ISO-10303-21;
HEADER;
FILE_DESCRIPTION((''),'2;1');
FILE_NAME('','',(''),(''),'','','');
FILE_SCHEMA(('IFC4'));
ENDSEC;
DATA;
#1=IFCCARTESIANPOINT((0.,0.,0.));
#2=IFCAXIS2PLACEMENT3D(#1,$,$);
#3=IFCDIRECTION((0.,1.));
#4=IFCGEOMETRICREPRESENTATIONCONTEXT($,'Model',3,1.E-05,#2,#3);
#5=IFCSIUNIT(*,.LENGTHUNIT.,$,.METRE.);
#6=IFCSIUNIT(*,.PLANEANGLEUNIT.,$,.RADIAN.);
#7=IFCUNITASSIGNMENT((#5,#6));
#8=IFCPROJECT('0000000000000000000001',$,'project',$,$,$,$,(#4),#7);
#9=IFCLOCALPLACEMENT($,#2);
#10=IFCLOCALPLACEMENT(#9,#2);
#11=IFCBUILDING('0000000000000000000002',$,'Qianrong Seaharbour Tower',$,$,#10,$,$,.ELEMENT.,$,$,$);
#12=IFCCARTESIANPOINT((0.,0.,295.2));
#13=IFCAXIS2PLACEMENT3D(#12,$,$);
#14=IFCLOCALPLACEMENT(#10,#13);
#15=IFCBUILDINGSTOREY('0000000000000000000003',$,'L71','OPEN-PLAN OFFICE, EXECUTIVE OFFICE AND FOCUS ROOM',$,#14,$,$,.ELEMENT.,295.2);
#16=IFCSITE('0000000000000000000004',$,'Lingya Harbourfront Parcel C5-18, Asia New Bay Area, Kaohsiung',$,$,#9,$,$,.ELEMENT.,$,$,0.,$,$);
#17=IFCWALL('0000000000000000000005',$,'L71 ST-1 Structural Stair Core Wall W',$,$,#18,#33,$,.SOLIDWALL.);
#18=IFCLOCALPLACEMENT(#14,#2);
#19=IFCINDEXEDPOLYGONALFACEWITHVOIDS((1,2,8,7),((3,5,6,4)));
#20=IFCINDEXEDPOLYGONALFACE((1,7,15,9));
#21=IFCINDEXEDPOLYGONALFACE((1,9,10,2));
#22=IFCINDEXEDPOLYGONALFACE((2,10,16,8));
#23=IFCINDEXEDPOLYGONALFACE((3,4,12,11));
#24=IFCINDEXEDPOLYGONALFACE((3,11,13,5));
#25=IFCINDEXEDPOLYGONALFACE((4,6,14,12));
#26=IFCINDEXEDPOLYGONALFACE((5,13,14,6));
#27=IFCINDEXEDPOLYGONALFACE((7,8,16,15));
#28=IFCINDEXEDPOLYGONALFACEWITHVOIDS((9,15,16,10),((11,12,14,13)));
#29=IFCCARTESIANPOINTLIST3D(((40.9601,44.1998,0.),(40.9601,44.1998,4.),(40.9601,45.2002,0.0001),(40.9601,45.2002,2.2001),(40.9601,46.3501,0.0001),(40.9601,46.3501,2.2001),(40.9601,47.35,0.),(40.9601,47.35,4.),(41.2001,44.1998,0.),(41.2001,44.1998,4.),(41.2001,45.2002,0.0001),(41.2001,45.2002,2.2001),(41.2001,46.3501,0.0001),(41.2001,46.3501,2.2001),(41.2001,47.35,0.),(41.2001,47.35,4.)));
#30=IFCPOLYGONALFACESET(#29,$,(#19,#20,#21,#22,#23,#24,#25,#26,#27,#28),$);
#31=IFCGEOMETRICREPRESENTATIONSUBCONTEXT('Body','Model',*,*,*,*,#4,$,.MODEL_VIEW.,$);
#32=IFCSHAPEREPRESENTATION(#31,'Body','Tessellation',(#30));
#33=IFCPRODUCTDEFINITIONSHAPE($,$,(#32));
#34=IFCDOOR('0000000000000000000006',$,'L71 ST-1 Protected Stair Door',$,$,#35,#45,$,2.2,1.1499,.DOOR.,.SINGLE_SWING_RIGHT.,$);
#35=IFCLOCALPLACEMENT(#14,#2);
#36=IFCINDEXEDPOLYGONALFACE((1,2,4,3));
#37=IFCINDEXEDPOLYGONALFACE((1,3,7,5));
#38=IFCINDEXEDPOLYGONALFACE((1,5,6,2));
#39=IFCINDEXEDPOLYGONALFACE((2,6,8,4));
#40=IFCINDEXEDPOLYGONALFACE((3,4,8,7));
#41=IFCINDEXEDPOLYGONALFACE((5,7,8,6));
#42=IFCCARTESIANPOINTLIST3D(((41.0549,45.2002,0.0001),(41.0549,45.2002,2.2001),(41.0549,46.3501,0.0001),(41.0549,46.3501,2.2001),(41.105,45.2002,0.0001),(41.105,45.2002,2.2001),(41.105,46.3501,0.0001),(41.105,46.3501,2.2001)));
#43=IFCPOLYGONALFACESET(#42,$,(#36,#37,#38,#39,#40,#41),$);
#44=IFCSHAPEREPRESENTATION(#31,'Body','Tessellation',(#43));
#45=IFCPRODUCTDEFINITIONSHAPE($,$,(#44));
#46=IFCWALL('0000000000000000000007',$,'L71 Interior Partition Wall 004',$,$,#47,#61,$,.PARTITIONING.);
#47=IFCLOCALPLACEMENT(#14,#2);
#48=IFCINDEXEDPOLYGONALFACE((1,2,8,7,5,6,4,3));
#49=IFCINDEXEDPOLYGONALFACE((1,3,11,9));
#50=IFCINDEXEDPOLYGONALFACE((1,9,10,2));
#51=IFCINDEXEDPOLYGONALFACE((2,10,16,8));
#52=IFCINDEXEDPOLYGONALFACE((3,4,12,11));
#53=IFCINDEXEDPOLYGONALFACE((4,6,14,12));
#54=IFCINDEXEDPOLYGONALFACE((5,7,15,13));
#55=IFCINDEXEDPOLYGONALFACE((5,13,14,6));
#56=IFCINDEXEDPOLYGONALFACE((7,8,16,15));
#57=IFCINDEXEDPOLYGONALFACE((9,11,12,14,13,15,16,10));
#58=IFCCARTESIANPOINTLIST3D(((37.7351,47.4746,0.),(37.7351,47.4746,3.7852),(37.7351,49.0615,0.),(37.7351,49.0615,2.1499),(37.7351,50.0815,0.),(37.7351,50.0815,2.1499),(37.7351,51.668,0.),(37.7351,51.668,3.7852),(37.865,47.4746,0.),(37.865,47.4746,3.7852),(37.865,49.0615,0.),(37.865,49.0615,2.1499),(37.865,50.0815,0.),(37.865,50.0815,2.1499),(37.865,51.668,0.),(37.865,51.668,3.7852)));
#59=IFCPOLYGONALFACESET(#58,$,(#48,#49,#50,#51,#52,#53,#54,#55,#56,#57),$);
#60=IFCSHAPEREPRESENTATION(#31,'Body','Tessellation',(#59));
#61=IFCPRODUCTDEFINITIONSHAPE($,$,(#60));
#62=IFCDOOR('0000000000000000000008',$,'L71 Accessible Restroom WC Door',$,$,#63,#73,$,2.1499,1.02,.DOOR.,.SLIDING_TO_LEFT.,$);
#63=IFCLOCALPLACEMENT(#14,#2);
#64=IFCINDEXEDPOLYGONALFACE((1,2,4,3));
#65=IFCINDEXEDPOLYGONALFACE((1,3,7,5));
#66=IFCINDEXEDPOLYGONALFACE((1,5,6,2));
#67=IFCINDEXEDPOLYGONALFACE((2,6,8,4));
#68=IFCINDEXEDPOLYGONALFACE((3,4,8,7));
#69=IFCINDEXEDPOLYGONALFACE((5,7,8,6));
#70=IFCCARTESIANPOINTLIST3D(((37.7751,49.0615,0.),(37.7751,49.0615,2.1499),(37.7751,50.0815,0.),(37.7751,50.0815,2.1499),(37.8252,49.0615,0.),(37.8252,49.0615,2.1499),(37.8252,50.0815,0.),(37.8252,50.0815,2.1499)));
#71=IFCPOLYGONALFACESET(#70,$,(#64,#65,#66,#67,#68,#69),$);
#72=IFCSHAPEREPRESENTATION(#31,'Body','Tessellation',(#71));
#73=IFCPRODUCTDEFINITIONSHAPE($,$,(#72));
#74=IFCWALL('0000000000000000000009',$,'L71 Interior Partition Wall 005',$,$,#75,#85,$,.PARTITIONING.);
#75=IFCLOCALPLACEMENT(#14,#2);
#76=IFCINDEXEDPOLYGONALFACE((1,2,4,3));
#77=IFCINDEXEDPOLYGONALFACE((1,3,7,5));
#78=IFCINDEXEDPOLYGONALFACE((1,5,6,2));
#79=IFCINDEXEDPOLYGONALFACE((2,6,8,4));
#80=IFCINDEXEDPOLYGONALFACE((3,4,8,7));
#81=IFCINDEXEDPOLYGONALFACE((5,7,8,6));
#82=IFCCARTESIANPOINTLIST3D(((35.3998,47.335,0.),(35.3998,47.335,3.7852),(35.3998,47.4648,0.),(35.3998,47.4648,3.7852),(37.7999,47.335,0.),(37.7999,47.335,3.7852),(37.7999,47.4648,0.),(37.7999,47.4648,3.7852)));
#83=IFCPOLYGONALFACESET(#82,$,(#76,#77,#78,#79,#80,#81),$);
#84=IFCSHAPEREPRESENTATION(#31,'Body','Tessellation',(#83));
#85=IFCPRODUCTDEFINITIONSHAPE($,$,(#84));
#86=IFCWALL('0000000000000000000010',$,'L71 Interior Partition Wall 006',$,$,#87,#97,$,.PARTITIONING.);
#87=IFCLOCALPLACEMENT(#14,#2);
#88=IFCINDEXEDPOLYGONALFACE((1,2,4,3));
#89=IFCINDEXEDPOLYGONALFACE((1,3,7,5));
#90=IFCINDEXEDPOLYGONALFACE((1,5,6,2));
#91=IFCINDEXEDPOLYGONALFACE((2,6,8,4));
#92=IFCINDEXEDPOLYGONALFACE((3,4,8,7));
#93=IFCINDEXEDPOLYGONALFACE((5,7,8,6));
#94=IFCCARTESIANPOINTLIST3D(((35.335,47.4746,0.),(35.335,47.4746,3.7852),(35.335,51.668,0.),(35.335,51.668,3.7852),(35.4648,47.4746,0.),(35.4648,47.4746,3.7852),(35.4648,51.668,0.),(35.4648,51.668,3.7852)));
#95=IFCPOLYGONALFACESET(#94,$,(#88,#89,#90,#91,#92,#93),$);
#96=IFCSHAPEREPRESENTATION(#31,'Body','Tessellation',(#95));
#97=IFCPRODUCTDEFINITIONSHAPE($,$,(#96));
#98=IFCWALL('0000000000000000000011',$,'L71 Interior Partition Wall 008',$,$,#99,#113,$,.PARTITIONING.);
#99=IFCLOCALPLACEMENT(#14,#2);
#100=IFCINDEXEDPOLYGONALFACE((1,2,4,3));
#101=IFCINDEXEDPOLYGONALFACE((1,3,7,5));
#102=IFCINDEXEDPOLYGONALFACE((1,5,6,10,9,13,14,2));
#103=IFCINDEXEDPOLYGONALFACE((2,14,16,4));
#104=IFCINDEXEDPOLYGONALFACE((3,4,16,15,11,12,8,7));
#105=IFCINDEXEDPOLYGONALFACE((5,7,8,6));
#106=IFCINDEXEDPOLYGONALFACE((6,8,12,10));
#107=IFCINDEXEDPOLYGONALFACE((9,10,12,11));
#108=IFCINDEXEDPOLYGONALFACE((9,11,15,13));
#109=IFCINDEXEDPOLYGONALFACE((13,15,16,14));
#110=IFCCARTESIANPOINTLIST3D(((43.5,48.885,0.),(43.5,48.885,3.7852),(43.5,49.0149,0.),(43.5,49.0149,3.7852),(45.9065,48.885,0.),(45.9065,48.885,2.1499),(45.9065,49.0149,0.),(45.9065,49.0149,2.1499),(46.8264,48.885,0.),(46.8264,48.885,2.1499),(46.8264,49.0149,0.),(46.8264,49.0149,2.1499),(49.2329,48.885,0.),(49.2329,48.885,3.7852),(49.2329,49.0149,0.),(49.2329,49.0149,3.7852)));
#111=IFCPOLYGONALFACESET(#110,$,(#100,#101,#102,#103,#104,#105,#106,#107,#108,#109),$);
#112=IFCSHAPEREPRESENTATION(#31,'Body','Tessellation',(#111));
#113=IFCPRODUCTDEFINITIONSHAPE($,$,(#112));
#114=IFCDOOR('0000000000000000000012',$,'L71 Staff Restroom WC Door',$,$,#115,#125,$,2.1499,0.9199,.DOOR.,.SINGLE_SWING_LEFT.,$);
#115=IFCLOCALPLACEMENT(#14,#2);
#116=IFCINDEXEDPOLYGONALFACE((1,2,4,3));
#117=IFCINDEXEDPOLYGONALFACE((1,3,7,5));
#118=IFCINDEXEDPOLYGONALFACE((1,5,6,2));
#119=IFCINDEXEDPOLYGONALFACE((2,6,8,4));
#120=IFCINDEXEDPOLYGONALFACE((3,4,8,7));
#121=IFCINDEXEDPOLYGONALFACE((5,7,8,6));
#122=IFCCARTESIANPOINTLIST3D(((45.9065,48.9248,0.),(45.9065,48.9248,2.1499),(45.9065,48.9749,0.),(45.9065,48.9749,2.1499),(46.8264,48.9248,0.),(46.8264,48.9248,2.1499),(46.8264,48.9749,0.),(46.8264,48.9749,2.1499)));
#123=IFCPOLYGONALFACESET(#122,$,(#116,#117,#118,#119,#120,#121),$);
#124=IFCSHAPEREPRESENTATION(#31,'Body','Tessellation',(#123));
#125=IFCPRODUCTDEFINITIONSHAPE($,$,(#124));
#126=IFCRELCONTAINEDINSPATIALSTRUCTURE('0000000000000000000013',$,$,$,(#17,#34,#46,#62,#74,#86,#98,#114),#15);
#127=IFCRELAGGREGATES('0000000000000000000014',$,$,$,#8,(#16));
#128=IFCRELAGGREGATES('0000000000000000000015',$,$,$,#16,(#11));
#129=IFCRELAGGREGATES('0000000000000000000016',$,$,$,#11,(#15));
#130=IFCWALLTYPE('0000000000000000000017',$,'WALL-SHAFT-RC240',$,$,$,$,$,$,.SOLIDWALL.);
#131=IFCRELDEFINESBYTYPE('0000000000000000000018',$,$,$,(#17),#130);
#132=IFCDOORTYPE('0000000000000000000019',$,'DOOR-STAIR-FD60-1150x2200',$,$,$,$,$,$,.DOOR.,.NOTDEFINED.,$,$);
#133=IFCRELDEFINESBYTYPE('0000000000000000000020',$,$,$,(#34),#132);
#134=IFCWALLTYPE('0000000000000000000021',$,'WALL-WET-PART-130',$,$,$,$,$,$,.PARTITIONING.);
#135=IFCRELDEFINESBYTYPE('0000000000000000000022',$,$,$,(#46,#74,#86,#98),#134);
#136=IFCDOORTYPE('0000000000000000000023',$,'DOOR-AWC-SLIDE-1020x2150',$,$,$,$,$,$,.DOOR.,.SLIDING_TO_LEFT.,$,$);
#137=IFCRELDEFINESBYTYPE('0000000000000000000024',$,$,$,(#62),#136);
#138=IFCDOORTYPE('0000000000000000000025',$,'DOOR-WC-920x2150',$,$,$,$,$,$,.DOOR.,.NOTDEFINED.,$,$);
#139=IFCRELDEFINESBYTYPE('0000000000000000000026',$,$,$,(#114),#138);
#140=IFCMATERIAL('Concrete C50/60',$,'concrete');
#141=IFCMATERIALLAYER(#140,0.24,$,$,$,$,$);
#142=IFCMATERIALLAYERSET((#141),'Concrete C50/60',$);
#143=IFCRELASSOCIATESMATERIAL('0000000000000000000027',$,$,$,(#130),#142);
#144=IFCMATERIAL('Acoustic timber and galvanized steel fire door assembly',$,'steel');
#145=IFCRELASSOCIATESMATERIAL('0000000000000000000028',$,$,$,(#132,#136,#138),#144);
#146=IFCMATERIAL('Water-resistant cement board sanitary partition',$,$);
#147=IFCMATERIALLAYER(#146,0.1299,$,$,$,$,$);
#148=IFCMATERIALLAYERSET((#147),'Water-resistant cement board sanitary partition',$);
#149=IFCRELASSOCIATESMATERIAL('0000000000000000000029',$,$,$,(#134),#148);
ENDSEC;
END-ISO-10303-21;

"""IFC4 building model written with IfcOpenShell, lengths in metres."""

from ifc_helpers import new_model, si_unit, direction, frame, frame_2d, origin, place, context, subcontext, project, spatial, rectangle, extrude, material, layer, layer_set, type_object, element, fill, save


model = new_model("IFC4")

# Units and contexts
model_context = context("Model", 3, precision=1e-05, world=origin(), true_north=direction((0.0, 1.0)))
body_context = subcontext(model_context, "Body", "Model", "MODEL_VIEW")
ifc_project = project(units=[si_unit("LENGTHUNIT", "METRE"), si_unit("PLANEANGLEUNIT", "RADIAN")], contexts=[model_context])

# Site, building, storey
site_placement = place(None, origin())
site = spatial("IfcSite", under=ifc_project, at=site_placement, Name="Lingya Harbourfront Parcel C5-18, Asia New Bay Area, Kaohsiung", CompositionType="ELEMENT", RefElevation=0.0)
building_placement = place(site_placement, origin())
building = spatial("IfcBuilding", under=site, at=building_placement, Name="Qianrong Seaharbour Tower", CompositionType="ELEMENT")
storey_placement = place(building_placement, frame((0.0, 0.0, 295.2)))
storey = spatial("IfcBuildingStorey", under=building, at=storey_placement, Name="L71", Description="OPEN-PLAN OFFICE, EXECUTIVE OFFICE AND FOCUS ROOM", CompositionType="ELEMENT", Elevation=295.2)

# Shared definitions
ifc_material_1 = material(Name="Concrete C50/60", Category="concrete")

# Shared definitions
ifc_material_2 = material(Name="Acoustic timber and galvanized steel fire door assembly", Category="steel")

# Shared definitions
ifc_layer_1 = layer(ifc_material_1, 0.24)
ifc_layer_set_1 = layer_set([ifc_layer_1], Name="Concrete C50/60")
wall_type_1 = type_object("IfcWallType", Name="WALL-SHAFT-RC240", PredefinedType="SOLIDWALL", material=ifc_layer_set_1)

# Walls, openings, doors
wall_1_placement = place(storey_placement, frame((41.0801, 47.3501, 0.0), z_axis=(0.0, 0.0, 1.0), x_axis=(0.0, -1.0, 0.0)))
wall_1 = element("IfcWall", 1, at=wall_1_placement, inside=storey, type_object=wall_type_1, Name="L71 ST-1 Structural Stair Core Wall W", PredefinedType="SOLIDWALL", context=body_context, shape_type="SweptSolid", body=[
    extrude(rectangle(XDim=3.1501, YDim=0.24, at=frame_2d((1.5752, 0.0))), origin(), (0.0, 0.0, 1.0), 4.0),
])
opening_1_placement = place(wall_1_placement, frame((1.0, 0.0, 0.0)))
opening_1 = element("IfcOpeningElement", 2, at=opening_1_placement, cuts=wall_1, PredefinedType="OPENING", context=body_context, shape_type="SweptSolid", body=[
    extrude(rectangle(XDim=1.1499, YDim=2.2, at=frame_2d((0.575, 1.1001))), frame((0.0, 0.1299, 0.0), z_axis=(0.0, -1.0, 0.0), x_axis=(1.0, 0.0, 0.0)), (0.0, 0.0, 1.0), 0.26),
])
door_type_1 = type_object("IfcDoorType", Name="DOOR-STAIR-FD60-1150x2200", OperationType="NOTDEFINED", PredefinedType="DOOR", material=ifc_material_2)
door_1_placement = place(opening_1_placement, origin())
door_1 = element("IfcDoor", 3, at=door_1_placement, inside=storey, type_object=door_type_1, Name="L71 ST-1 Protected Stair Door", OperationType="SINGLE_SWING_RIGHT", OverallHeight=2.2, OverallWidth=1.1499, PredefinedType="DOOR", context=body_context, shape_type="SweptSolid", body=[
    extrude(rectangle(XDim=1.1499, YDim=2.2, at=frame_2d((0.575, 1.1001))), frame((0.0, 0.0249, 0.0), z_axis=(0.0, -1.0, 0.0), x_axis=(1.0, 0.0, 0.0)), (0.0, 0.0, 1.0), 0.05),
])
fill(opening_1, door_1)
ifc_material_3 = material(Name="Water-resistant cement board sanitary partition")
ifc_layer_2 = layer(ifc_material_3, 0.1299)
ifc_layer_set_2 = layer_set([ifc_layer_2], Name="Water-resistant cement board sanitary partition")
wall_type_2 = type_object("IfcWallType", Name="WALL-WET-PART-130", PredefinedType="PARTITIONING", material=ifc_layer_set_2)
wall_2_placement = place(storey_placement, frame((37.8, 47.4746, 0.0), z_axis=(0.0, 0.0, 1.0), x_axis=(0.0, 1.0, 0.0)))
wall_2 = element("IfcWall", 4, at=wall_2_placement, inside=storey, type_object=wall_type_2, Name="L71 Interior Partition Wall 004", PredefinedType="PARTITIONING", context=body_context, shape_type="SweptSolid", body=[
    extrude(rectangle(XDim=4.1934, YDim=0.1299, at=frame_2d((2.0967, 0.0))), origin(), (0.0, 0.0, 1.0), 3.7852),
])
opening_2_placement = place(wall_2_placement, frame((1.5869, 0.0, 0.0)))
opening_2 = element("IfcOpeningElement", 5, at=opening_2_placement, cuts=wall_2, PredefinedType="OPENING", context=body_context, shape_type="SweptSolid", body=[
    extrude(rectangle(XDim=1.02, YDim=2.1499, at=frame_2d((0.51, 1.075))), frame((0.0, 0.075, 0.0), z_axis=(0.0, -1.0, 0.0), x_axis=(1.0, 0.0, 0.0)), (0.0, 0.0, 1.0), 0.1499),
])
door_type_2 = type_object("IfcDoorType", Name="DOOR-AWC-SLIDE-1020x2150", OperationType="SLIDING_TO_LEFT", PredefinedType="DOOR", material=ifc_material_2)
door_2_placement = place(opening_2_placement, origin())
door_2 = element("IfcDoor", 6, at=door_2_placement, inside=storey, type_object=door_type_2, Name="L71 Accessible Restroom WC Door", OperationType="SLIDING_TO_LEFT", OverallHeight=2.1499, OverallWidth=1.02, PredefinedType="DOOR", context=body_context, shape_type="SweptSolid", body=[
    extrude(rectangle(XDim=1.02, YDim=2.1499, at=frame_2d((0.51, 1.075))), frame((0.0, 0.0249, 0.0), z_axis=(0.0, -1.0, 0.0), x_axis=(1.0, 0.0, 0.0)), (0.0, 0.0, 1.0), 0.05),
])
fill(opening_2, door_2)

# Walls
wall_3_placement = place(storey_placement, frame((37.8, 47.3999, 0.0), z_axis=(0.0, 0.0, 1.0), x_axis=(-1.0, 0.0, 0.0)))
element("IfcWall", 7, at=wall_3_placement, inside=storey, type_object=wall_type_2, Name="L71 Interior Partition Wall 005", PredefinedType="PARTITIONING", context=body_context, shape_type="SweptSolid", body=[
    extrude(rectangle(XDim=2.4001, YDim=0.1299, at=frame_2d((1.2002, 0.0))), origin(), (0.0, 0.0, 1.0), 3.7852),
])
wall_4_placement = place(storey_placement, frame((35.3999, 47.4746, 0.0), z_axis=(0.0, 0.0, 1.0), x_axis=(0.0, 1.0, 0.0)))
element("IfcWall", 8, at=wall_4_placement, inside=storey, type_object=wall_type_2, Name="L71 Interior Partition Wall 006", PredefinedType="PARTITIONING", context=body_context, shape_type="SweptSolid", body=[
    extrude(rectangle(XDim=4.1934, YDim=0.1299, at=frame_2d((2.0967, 0.0))), origin(), (0.0, 0.0, 1.0), 3.7852),
])

# Wall, opening, door
wall_5_placement = place(storey_placement, frame((43.5, 48.95, 0.0), z_axis=(0.0, 0.0, 1.0), x_axis=(1.0, 0.0, 0.0)))
wall_5 = element("IfcWall", 9, at=wall_5_placement, inside=storey, type_object=wall_type_2, Name="L71 Interior Partition Wall 008", PredefinedType="PARTITIONING", context=body_context, shape_type="SweptSolid", body=[
    extrude(rectangle(XDim=5.7329, YDim=0.1299, at=frame_2d((2.8665, 0.0))), origin(), (0.0, 0.0, 1.0), 3.7852),
])
opening_3_placement = place(wall_5_placement, frame((2.4065, 0.0, 0.0)))
opening_3 = element("IfcOpeningElement", 10, at=opening_3_placement, cuts=wall_5, PredefinedType="OPENING", context=body_context, shape_type="SweptSolid", body=[
    extrude(rectangle(XDim=0.9199, YDim=2.1499, at=frame_2d((0.46, 1.075))), frame((0.0, 0.075, 0.0), z_axis=(0.0, -1.0, 0.0), x_axis=(1.0, 0.0, 0.0)), (0.0, 0.0, 1.0), 0.1499),
])
door_type_3 = type_object("IfcDoorType", Name="DOOR-WC-920x2150", OperationType="NOTDEFINED", PredefinedType="DOOR", material=ifc_material_2)
door_3_placement = place(opening_3_placement, origin())
door_3 = element("IfcDoor", 11, at=door_3_placement, inside=storey, type_object=door_type_3, Name="L71 Staff Restroom WC Door", OperationType="SINGLE_SWING_LEFT", OverallHeight=2.1499, OverallWidth=0.9199, PredefinedType="DOOR", context=body_context, shape_type="SweptSolid", body=[
    extrude(rectangle(XDim=0.9199, YDim=2.1499, at=frame_2d((0.46, 1.075))), frame((0.0, 0.0249, 0.0), z_axis=(0.0, -1.0, 0.0), x_axis=(1.0, 0.0, 0.0)), (0.0, 0.0, 1.0), 0.05),
])
fill(opening_3, door_3)

save(model, "model.ifc")
